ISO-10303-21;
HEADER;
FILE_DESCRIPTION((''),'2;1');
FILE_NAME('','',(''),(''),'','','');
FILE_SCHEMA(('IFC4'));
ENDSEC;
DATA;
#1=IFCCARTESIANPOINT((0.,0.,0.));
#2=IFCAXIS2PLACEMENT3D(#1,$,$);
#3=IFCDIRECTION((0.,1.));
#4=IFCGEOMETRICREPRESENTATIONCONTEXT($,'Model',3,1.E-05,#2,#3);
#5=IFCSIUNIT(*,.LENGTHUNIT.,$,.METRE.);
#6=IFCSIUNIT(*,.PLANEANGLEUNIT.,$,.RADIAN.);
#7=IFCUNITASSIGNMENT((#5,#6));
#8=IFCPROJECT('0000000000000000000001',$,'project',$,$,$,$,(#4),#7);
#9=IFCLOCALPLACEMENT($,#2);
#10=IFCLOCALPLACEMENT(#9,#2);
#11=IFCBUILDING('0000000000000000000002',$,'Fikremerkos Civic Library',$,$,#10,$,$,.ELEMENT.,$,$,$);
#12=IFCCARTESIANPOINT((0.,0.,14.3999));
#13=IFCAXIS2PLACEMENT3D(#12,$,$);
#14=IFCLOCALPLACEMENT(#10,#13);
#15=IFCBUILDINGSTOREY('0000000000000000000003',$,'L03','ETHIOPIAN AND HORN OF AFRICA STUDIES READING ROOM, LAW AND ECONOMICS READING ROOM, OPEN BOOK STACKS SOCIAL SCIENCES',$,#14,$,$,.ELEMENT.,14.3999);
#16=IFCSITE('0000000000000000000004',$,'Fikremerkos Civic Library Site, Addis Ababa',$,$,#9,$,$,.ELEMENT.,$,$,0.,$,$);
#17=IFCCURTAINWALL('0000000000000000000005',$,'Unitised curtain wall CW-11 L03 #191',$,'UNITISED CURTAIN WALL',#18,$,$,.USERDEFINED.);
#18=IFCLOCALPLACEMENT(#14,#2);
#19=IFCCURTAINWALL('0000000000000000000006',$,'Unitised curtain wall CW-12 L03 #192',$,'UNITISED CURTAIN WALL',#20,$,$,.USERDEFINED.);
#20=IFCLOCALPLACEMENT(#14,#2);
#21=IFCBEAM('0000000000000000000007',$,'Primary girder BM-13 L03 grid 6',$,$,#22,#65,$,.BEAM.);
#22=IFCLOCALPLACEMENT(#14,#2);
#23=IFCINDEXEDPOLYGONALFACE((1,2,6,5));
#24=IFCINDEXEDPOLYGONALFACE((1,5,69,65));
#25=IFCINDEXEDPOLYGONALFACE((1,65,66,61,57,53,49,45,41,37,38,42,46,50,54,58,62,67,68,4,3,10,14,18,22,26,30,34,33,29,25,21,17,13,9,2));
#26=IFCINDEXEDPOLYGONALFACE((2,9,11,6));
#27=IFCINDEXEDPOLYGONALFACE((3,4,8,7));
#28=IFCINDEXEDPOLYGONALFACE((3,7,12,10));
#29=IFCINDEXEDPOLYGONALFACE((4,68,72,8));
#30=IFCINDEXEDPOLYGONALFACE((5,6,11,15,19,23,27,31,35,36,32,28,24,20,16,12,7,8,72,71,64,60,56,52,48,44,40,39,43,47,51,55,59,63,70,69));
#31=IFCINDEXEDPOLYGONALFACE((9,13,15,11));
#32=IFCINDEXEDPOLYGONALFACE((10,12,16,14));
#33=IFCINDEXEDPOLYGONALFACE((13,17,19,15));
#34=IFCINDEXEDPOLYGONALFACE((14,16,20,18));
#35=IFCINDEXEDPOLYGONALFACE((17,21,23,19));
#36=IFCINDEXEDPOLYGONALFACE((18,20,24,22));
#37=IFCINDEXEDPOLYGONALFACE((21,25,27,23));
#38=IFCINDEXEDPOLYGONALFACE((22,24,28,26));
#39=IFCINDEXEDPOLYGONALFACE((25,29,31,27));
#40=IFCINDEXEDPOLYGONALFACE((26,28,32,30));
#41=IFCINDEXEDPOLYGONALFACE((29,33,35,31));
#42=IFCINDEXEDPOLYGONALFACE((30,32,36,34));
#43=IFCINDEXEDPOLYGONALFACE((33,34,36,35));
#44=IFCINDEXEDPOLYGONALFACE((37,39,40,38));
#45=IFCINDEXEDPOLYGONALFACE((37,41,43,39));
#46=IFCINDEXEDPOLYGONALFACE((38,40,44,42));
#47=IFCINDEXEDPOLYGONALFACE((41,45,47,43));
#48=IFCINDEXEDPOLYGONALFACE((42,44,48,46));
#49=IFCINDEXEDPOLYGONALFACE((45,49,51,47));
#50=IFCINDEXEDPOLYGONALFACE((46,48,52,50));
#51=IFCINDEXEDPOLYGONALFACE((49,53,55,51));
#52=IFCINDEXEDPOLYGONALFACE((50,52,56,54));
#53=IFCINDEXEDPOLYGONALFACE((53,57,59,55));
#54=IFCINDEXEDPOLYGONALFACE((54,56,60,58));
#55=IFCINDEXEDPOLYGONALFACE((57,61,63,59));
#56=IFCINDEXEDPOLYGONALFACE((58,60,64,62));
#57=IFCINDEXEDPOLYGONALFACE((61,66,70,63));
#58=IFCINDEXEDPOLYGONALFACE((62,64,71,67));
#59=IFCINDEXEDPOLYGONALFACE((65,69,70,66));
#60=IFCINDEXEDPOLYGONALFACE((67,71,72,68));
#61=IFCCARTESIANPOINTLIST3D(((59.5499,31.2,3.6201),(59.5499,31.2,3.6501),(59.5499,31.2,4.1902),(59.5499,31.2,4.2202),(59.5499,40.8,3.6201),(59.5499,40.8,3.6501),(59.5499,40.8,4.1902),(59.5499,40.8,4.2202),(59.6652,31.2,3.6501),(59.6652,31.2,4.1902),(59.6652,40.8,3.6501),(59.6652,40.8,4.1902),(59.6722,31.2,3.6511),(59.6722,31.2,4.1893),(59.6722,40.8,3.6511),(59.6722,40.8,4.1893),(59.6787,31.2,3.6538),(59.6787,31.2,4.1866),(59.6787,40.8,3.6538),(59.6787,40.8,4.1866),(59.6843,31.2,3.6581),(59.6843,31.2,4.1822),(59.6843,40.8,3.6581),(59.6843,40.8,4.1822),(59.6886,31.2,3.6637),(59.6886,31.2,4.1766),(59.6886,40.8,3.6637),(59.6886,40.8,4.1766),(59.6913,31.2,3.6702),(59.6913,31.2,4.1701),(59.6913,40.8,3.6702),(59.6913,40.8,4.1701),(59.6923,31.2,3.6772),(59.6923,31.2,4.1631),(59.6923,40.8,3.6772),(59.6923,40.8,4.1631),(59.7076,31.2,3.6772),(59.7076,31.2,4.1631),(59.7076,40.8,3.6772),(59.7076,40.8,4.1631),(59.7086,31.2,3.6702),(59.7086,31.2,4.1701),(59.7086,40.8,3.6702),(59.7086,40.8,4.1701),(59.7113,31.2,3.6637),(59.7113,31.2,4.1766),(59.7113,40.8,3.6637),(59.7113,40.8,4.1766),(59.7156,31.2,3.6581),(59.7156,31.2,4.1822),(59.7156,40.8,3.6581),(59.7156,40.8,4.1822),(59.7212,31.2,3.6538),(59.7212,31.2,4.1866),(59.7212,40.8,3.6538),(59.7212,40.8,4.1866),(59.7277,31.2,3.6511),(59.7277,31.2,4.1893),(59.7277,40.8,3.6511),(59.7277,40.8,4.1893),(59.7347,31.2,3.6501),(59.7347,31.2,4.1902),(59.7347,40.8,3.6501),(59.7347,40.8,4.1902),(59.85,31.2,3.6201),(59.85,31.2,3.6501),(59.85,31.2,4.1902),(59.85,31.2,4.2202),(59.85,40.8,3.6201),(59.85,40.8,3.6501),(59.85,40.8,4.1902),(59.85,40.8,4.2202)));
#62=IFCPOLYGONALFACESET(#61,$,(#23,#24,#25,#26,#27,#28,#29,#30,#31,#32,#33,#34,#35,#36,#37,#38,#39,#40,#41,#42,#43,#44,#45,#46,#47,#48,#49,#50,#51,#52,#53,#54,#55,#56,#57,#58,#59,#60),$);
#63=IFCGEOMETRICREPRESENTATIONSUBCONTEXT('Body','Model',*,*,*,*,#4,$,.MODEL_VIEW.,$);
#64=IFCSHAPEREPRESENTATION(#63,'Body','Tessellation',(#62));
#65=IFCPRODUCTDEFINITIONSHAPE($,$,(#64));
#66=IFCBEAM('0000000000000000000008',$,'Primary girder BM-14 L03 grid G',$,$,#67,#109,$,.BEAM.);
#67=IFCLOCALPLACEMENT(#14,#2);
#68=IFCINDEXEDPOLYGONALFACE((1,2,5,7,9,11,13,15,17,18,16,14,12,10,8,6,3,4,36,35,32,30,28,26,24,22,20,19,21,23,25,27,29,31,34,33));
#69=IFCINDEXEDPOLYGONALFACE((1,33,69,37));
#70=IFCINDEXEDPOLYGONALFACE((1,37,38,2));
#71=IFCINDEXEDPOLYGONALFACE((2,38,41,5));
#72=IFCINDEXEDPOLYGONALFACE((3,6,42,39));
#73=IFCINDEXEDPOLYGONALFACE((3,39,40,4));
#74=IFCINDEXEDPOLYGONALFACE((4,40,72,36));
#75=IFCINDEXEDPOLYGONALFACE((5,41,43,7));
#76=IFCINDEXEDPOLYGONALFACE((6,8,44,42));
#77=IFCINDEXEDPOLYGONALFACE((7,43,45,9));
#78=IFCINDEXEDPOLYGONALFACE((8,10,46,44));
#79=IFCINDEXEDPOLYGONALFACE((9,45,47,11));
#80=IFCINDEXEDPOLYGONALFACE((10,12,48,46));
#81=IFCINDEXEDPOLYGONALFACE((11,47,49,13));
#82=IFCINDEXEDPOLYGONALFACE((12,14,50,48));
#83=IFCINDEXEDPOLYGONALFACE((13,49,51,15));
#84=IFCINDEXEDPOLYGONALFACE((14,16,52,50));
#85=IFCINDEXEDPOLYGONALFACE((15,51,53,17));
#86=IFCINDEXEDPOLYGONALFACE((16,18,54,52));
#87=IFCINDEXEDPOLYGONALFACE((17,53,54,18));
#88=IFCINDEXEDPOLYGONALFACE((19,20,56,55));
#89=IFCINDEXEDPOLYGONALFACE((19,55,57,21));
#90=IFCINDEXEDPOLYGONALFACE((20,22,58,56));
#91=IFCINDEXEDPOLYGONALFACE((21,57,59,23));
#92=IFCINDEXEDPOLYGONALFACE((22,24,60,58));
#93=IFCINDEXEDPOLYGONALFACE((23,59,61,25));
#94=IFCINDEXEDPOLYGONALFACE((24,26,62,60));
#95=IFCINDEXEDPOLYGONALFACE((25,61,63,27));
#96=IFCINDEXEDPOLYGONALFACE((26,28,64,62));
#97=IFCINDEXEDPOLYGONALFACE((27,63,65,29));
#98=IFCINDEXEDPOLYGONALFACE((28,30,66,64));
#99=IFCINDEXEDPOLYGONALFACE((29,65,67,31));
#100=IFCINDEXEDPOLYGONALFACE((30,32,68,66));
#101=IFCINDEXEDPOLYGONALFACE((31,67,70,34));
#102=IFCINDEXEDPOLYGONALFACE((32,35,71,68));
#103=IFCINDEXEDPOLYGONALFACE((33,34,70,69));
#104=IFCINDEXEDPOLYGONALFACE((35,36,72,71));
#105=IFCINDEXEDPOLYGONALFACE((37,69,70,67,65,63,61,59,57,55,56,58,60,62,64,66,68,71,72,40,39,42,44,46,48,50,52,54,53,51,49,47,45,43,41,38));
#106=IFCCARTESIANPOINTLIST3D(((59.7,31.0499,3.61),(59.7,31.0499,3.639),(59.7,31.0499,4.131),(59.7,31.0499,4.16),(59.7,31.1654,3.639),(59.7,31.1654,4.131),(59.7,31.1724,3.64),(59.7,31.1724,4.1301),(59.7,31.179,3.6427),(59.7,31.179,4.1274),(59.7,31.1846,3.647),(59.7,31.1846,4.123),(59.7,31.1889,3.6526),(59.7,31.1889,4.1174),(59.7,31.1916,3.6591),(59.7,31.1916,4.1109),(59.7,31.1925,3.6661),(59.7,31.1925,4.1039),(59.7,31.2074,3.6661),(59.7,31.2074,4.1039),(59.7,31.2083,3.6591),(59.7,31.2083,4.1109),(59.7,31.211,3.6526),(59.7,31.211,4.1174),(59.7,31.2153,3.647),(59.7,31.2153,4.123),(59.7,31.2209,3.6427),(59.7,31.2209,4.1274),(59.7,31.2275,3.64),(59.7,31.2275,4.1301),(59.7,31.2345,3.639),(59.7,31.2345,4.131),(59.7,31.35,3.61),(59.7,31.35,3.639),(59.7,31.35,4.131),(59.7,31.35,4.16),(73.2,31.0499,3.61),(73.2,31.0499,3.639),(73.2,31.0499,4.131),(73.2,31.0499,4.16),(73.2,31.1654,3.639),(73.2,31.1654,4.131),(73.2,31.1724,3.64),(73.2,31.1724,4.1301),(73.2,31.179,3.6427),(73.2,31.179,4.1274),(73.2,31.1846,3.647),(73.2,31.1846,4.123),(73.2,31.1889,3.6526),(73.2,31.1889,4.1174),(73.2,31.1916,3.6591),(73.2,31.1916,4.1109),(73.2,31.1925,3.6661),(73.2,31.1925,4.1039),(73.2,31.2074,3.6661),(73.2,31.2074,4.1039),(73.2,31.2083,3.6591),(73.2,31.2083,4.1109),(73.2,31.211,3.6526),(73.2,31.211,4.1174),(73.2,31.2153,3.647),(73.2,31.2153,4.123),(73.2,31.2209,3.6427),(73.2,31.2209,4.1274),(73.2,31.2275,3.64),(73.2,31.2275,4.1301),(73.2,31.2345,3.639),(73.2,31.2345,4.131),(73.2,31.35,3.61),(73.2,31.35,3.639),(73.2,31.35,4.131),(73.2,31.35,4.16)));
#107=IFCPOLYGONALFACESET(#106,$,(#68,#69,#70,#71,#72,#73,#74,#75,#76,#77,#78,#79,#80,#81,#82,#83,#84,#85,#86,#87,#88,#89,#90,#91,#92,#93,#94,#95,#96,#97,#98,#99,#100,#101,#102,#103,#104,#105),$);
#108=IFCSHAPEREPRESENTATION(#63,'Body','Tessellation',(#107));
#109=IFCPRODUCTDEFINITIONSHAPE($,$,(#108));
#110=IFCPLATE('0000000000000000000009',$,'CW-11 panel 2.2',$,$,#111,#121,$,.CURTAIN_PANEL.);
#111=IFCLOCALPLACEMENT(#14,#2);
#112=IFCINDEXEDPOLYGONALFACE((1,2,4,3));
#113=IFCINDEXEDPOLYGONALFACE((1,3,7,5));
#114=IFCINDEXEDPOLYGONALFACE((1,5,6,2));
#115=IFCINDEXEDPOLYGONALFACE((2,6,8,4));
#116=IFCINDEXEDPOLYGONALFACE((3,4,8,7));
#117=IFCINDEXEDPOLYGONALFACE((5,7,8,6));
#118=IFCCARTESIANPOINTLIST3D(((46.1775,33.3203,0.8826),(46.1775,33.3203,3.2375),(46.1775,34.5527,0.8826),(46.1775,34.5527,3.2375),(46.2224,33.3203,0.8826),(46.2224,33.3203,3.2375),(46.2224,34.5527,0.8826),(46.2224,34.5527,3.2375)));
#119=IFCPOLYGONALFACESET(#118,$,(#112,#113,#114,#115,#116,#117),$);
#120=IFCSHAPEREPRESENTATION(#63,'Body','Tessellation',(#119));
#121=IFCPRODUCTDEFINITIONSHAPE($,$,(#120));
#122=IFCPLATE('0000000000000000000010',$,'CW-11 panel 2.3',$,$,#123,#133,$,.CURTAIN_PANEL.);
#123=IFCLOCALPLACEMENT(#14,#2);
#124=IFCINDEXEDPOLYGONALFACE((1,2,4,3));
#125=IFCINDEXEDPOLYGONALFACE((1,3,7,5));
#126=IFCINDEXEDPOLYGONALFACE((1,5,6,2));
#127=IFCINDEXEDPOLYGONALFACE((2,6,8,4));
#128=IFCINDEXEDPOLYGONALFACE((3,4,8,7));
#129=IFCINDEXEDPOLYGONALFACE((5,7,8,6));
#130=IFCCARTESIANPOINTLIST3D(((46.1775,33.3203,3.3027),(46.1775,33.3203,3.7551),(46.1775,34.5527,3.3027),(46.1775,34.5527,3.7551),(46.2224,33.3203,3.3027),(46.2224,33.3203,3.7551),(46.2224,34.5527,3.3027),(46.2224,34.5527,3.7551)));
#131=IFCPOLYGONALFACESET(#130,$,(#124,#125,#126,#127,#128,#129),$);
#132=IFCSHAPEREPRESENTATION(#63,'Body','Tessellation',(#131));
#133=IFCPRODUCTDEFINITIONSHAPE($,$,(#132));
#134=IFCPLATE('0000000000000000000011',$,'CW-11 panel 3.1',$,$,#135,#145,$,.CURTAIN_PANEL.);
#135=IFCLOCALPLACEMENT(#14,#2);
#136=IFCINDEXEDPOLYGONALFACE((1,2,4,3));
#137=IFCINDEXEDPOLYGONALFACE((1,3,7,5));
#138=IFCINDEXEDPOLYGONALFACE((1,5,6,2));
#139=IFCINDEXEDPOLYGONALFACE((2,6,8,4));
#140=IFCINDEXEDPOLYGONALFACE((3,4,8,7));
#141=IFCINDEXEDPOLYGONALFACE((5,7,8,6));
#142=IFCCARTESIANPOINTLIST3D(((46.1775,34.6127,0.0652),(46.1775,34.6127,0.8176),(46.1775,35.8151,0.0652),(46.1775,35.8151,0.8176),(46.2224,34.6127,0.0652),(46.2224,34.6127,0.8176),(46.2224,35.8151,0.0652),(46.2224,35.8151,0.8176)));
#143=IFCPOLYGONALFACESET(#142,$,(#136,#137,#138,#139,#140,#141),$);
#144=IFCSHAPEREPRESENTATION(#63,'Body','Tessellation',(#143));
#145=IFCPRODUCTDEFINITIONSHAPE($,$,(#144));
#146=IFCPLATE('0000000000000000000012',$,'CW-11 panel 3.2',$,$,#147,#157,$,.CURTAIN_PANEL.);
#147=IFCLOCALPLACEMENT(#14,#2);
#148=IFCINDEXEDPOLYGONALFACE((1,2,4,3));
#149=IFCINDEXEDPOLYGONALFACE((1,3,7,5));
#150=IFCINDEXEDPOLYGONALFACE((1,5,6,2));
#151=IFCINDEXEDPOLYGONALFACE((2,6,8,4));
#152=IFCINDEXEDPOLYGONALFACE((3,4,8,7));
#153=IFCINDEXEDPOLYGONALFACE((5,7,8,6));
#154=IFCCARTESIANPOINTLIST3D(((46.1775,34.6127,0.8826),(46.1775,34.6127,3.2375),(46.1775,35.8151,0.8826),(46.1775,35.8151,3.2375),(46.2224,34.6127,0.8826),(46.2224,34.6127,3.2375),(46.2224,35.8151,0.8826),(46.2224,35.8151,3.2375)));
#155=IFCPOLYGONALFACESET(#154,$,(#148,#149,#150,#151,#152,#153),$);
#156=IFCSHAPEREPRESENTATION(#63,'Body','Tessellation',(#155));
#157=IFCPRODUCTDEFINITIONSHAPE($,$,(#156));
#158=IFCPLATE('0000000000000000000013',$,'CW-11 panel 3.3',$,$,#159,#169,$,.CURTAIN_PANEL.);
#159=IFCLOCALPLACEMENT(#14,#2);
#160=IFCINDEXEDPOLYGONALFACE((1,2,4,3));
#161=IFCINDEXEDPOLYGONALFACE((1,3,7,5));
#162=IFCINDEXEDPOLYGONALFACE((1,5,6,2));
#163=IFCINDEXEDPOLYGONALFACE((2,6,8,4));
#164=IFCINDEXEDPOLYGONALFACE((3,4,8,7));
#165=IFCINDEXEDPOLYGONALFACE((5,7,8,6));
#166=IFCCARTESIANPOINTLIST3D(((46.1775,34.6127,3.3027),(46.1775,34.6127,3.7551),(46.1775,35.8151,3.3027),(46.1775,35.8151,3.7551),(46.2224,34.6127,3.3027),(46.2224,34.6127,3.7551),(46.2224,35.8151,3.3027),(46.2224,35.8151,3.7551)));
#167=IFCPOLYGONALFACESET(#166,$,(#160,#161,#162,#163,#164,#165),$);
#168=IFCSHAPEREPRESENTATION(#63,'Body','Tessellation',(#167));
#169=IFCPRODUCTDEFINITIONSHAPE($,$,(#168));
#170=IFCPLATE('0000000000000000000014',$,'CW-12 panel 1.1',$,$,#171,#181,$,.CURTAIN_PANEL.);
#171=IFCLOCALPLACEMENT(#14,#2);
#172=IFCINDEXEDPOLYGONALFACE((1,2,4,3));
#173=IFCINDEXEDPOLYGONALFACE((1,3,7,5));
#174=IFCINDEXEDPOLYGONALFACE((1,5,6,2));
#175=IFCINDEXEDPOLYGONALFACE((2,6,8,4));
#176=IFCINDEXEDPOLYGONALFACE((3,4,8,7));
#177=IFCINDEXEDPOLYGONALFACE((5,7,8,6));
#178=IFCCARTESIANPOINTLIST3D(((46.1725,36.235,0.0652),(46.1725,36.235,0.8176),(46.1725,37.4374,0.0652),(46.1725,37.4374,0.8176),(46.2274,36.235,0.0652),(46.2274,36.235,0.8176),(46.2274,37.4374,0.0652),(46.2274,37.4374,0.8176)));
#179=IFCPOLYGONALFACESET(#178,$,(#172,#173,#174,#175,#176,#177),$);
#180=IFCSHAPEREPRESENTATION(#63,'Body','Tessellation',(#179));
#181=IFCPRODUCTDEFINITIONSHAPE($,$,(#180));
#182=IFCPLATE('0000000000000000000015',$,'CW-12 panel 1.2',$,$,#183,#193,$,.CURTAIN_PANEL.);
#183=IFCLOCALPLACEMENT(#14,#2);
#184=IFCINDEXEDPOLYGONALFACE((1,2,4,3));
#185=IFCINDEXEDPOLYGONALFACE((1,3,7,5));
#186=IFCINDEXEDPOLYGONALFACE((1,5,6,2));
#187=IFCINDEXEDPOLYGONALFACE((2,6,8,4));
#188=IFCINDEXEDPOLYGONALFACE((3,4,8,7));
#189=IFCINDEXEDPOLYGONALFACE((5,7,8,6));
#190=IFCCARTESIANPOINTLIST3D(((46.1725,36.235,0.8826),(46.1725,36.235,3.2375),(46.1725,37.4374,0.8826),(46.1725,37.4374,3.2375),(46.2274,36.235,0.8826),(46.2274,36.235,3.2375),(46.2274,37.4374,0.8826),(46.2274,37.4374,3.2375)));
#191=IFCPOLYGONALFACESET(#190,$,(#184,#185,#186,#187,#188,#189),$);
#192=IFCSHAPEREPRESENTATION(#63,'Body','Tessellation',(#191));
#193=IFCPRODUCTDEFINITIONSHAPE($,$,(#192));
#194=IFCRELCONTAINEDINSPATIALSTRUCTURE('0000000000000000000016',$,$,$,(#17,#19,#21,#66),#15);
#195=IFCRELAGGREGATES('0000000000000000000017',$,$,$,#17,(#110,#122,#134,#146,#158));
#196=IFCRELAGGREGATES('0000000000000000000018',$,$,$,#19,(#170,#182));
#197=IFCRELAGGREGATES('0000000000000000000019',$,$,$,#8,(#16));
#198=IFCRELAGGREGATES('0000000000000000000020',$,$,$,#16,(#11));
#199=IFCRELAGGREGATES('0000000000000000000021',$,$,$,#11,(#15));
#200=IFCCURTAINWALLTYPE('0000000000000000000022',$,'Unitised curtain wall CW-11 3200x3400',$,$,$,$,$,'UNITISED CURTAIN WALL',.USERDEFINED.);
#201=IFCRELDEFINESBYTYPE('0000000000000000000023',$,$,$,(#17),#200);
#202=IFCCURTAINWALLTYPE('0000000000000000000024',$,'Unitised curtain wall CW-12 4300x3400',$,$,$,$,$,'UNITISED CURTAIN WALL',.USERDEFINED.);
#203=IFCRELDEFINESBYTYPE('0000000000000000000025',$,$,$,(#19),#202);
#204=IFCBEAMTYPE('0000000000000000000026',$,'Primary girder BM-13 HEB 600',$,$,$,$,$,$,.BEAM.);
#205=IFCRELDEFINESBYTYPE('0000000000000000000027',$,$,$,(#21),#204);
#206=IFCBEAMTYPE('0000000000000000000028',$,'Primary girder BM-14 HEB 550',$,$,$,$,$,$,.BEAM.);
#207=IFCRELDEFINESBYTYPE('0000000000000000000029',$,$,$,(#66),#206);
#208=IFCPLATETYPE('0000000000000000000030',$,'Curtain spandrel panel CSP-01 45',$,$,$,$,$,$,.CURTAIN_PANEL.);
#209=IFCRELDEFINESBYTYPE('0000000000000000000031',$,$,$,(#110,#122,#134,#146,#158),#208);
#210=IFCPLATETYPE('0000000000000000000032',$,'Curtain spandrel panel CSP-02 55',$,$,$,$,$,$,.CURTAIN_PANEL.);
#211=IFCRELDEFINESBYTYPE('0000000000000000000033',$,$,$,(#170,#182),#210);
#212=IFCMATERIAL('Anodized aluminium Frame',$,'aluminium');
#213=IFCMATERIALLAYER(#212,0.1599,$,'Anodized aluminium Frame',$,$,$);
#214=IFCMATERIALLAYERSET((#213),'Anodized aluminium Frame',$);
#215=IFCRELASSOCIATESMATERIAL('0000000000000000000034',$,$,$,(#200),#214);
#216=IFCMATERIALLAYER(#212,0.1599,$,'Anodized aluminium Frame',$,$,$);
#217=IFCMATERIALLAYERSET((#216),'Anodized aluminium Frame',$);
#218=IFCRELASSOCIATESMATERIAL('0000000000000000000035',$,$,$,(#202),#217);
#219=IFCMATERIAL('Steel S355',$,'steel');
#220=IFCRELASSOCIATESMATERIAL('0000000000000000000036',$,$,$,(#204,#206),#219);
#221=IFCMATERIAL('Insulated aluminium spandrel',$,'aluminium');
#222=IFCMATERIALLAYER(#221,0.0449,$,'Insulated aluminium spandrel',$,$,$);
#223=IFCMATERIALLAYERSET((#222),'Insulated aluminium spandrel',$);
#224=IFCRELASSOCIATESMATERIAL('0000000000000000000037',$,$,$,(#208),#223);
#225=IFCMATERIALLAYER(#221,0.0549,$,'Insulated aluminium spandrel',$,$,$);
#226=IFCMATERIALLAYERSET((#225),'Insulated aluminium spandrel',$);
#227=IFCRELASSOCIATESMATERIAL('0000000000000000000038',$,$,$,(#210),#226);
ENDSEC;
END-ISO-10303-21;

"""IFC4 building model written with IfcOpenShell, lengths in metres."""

from ifc_helpers import new_model, si_unit, direction, frame, origin, origin_2d, place, context, subcontext, project, spatial, rectangle, i_section, extrude, material, layer, layer_set, material_profile, profile_set, type_object, element, aggregate, save


model = new_model("IFC4")

# Units and contexts
model_context = context("Model", 3, precision=1e-05, world=origin(), true_north=direction((0.0, 1.0)))
body_context = subcontext(model_context, "Body", "Model", "MODEL_VIEW")
ifc_project = project(units=[si_unit("LENGTHUNIT", "METRE"), si_unit("PLANEANGLEUNIT", "RADIAN")], contexts=[model_context])

# Site, building, storey
site_placement = place(None, origin())
site = spatial("IfcSite", under=ifc_project, at=site_placement, Name="Fikremerkos Civic Library Site, Addis Ababa", CompositionType="ELEMENT", RefElevation=0.0)
building_placement = place(site_placement, origin())
building = spatial("IfcBuilding", under=site, at=building_placement, Name="Fikremerkos Civic Library", CompositionType="ELEMENT")
storey_placement = place(building_placement, frame((0.0, 0.0, 14.3999)))
storey = spatial("IfcBuildingStorey", under=building, at=storey_placement, Name="L03", Description="ETHIOPIAN AND HORN OF AFRICA STUDIES READING ROOM, LAW AND ECONOMICS READING ROOM, OPEN BOOK STACKS SOCIAL SCIENCES", CompositionType="ELEMENT", Elevation=14.3999)

# Shared definitions
ifc_material_1 = material(Name="Steel S355", Category="steel")

# Curtain walls
ifc_material_2 = material(Name="Anodized aluminium Frame", Category="aluminium")
ifc_layer_1 = layer(ifc_material_2, 0.1599, Name="Anodized aluminium Frame")
ifc_layer_set_1 = layer_set([ifc_layer_1], Name="Anodized aluminium Frame")
curtain_wall_type_1 = type_object("IfcCurtainWallType", Name="Unitised curtain wall CW-11 3200x3400", ElementType="UNITISED CURTAIN WALL", PredefinedType="USERDEFINED", material=ifc_layer_set_1)
curtain_wall_1_placement = place(storey_placement, origin())
curtain_wall_1 = element("IfcCurtainWall", 1, at=curtain_wall_1_placement, inside=storey, type_object=curtain_wall_type_1, Name="Unitised curtain wall CW-11 L03 #191", ObjectType="UNITISED CURTAIN WALL", PredefinedType="USERDEFINED")
ifc_layer_2 = layer(ifc_material_2, 0.1599, Name="Anodized aluminium Frame")
ifc_layer_set_2 = layer_set([ifc_layer_2], Name="Anodized aluminium Frame")
curtain_wall_type_2 = type_object("IfcCurtainWallType", Name="Unitised curtain wall CW-12 4300x3400", ElementType="UNITISED CURTAIN WALL", PredefinedType="USERDEFINED", material=ifc_layer_set_2)
curtain_wall_2_placement = place(storey_placement, origin())
curtain_wall_2 = element("IfcCurtainWall", 2, at=curtain_wall_2_placement, inside=storey, type_object=curtain_wall_type_2, Name="Unitised curtain wall CW-12 L03 #192", ObjectType="UNITISED CURTAIN WALL", PredefinedType="USERDEFINED")

# Beams
ifc_material_profile_1 = material_profile(ifc_material_1, i_section(OverallWidth=0.3, OverallDepth=0.6001, WebThickness=0.0154, FlangeThickness=0.03, FilletRadius=0.0271, at=origin_2d()), Name="HEB 600")
ifc_profile_set_1 = profile_set([ifc_material_profile_1], Name="Steel S355")
beam_type_1 = type_object("IfcBeamType", Name="Primary girder BM-13 HEB 600", PredefinedType="BEAM", material=ifc_profile_set_1)
beam_1_placement = place(storey_placement, frame((59.7, 31.2, 3.9202), z_axis=(0.0, 1.0, 0.0), x_axis=(-1.0, 0.0, 0.0)))
element("IfcBeam", 3, at=beam_1_placement, inside=storey, type_object=beam_type_1, Name="Primary girder BM-13 L03 grid 6", PredefinedType="BEAM", context=body_context, shape_type="SweptSolid", body=[
    extrude(i_section(OverallWidth=0.3, OverallDepth=0.6001, WebThickness=0.0154, FlangeThickness=0.03, FilletRadius=0.0271, at=origin_2d()), origin(), (0.0, 0.0, 1.0), 9.6001),
])
ifc_material_profile_2 = material_profile(ifc_material_1, i_section(OverallWidth=0.3, OverallDepth=0.55, WebThickness=0.0149, FlangeThickness=0.0291, FilletRadius=0.0271, at=origin_2d()), Name="HEB 550")
ifc_profile_set_2 = profile_set([ifc_material_profile_2], Name="Steel S355")
beam_type_2 = type_object("IfcBeamType", Name="Primary girder BM-14 HEB 550", PredefinedType="BEAM", material=ifc_profile_set_2)
beam_2_placement = place(storey_placement, frame((59.7, 31.2, 3.885), z_axis=(1.0, 0.0, 0.0), x_axis=(0.0, 1.0, 0.0)))
element("IfcBeam", 4, at=beam_2_placement, inside=storey, type_object=beam_type_2, Name="Primary girder BM-14 L03 grid G", PredefinedType="BEAM", context=body_context, shape_type="SweptSolid", body=[
    extrude(i_section(OverallWidth=0.3, OverallDepth=0.55, WebThickness=0.0149, FlangeThickness=0.0291, FilletRadius=0.0271, at=origin_2d()), origin(), (0.0, 0.0, 1.0), 13.5),
])

# Plates
ifc_material_3 = material(Name="Insulated aluminium spandrel", Category="aluminium")
ifc_layer_3 = layer(ifc_material_3, 0.0449, Name="Insulated aluminium spandrel")
ifc_layer_set_3 = layer_set([ifc_layer_3], Name="Insulated aluminium spandrel")
plate_type_1 = type_object("IfcPlateType", Name="Curtain spandrel panel CSP-01 45", PredefinedType="CURTAIN_PANEL", material=ifc_layer_set_3)
plate_1_placement = place(storey_placement, frame((46.2, 33.9365, 0.8826), z_axis=(0.0, 0.0, 1.0), x_axis=(0.0, 1.0, 0.0)))
plate_1 = element("IfcPlate", 5, at=plate_1_placement, type_object=plate_type_1, Name="CW-11 panel 2.2", PredefinedType="CURTAIN_PANEL", context=body_context, shape_type="SweptSolid", body=[
    extrude(rectangle(XDim=1.2324, YDim=0.0449, at=origin_2d()), origin(), (0.0, 0.0, 1.0), 2.355),
])
plate_2_placement = place(storey_placement, frame((46.2, 33.9365, 3.3027), z_axis=(0.0, 0.0, 1.0), x_axis=(0.0, 1.0, 0.0)))
plate_2 = element("IfcPlate", 6, at=plate_2_placement, type_object=plate_type_1, Name="CW-11 panel 2.3", PredefinedType="CURTAIN_PANEL", context=body_context, shape_type="SweptSolid", body=[
    extrude(rectangle(XDim=1.2324, YDim=0.0449, at=origin_2d()), origin(), (0.0, 0.0, 1.0), 0.4524),
])
plate_3_placement = place(storey_placement, frame((46.2, 35.2139, 0.0652), z_axis=(0.0, 0.0, 1.0), x_axis=(0.0, 1.0, 0.0)))
plate_3 = element("IfcPlate", 7, at=plate_3_placement, type_object=plate_type_1, Name="CW-11 panel 3.1", PredefinedType="CURTAIN_PANEL", context=body_context, shape_type="SweptSolid", body=[
    extrude(rectangle(XDim=1.2024, YDim=0.0449, at=origin_2d()), origin(), (0.0, 0.0, 1.0), 0.7524),
])
plate_4_placement = place(storey_placement, frame((46.2, 35.2139, 0.8826), z_axis=(0.0, 0.0, 1.0), x_axis=(0.0, 1.0, 0.0)))
plate_4 = element("IfcPlate", 8, at=plate_4_placement, type_object=plate_type_1, Name="CW-11 panel 3.2", PredefinedType="CURTAIN_PANEL", context=body_context, shape_type="SweptSolid", body=[
    extrude(rectangle(XDim=1.2024, YDim=0.0449, at=origin_2d()), origin(), (0.0, 0.0, 1.0), 2.355),
])
plate_5_placement = place(storey_placement, frame((46.2, 35.2139, 3.3027), z_axis=(0.0, 0.0, 1.0), x_axis=(0.0, 1.0, 0.0)))
plate_5 = element("IfcPlate", 9, at=plate_5_placement, type_object=plate_type_1, Name="CW-11 panel 3.3", PredefinedType="CURTAIN_PANEL", context=body_context, shape_type="SweptSolid", body=[
    extrude(rectangle(XDim=1.2024, YDim=0.0449, at=origin_2d()), origin(), (0.0, 0.0, 1.0), 0.4524),
])
aggregate(curtain_wall_1, [plate_1, plate_2, plate_3, plate_4, plate_5])
ifc_layer_4 = layer(ifc_material_3, 0.0549, Name="Insulated aluminium spandrel")
ifc_layer_set_4 = layer_set([ifc_layer_4], Name="Insulated aluminium spandrel")
plate_type_2 = type_object("IfcPlateType", Name="Curtain spandrel panel CSP-02 55", PredefinedType="CURTAIN_PANEL", material=ifc_layer_set_4)
plate_6_placement = place(storey_placement, frame((46.2, 36.8362, 0.0652), z_axis=(0.0, 0.0, 1.0), x_axis=(0.0, 1.0, 0.0)))
plate_6 = element("IfcPlate", 10, at=plate_6_placement, type_object=plate_type_2, Name="CW-12 panel 1.1", PredefinedType="CURTAIN_PANEL", context=body_context, shape_type="SweptSolid", body=[
    extrude(rectangle(XDim=1.2024, YDim=0.0549, at=origin_2d()), origin(), (0.0, 0.0, 1.0), 0.7524),
])
plate_7_placement = place(storey_placement, frame((46.2, 36.8362, 0.8826), z_axis=(0.0, 0.0, 1.0), x_axis=(0.0, 1.0, 0.0)))
plate_7 = element("IfcPlate", 11, at=plate_7_placement, type_object=plate_type_2, Name="CW-12 panel 1.2", PredefinedType="CURTAIN_PANEL", context=body_context, shape_type="SweptSolid", body=[
    extrude(rectangle(XDim=1.2024, YDim=0.0549, at=origin_2d()), origin(), (0.0, 0.0, 1.0), 2.355),
])
aggregate(curtain_wall_2, [plate_6, plate_7])

save(model, "model.ifc")
